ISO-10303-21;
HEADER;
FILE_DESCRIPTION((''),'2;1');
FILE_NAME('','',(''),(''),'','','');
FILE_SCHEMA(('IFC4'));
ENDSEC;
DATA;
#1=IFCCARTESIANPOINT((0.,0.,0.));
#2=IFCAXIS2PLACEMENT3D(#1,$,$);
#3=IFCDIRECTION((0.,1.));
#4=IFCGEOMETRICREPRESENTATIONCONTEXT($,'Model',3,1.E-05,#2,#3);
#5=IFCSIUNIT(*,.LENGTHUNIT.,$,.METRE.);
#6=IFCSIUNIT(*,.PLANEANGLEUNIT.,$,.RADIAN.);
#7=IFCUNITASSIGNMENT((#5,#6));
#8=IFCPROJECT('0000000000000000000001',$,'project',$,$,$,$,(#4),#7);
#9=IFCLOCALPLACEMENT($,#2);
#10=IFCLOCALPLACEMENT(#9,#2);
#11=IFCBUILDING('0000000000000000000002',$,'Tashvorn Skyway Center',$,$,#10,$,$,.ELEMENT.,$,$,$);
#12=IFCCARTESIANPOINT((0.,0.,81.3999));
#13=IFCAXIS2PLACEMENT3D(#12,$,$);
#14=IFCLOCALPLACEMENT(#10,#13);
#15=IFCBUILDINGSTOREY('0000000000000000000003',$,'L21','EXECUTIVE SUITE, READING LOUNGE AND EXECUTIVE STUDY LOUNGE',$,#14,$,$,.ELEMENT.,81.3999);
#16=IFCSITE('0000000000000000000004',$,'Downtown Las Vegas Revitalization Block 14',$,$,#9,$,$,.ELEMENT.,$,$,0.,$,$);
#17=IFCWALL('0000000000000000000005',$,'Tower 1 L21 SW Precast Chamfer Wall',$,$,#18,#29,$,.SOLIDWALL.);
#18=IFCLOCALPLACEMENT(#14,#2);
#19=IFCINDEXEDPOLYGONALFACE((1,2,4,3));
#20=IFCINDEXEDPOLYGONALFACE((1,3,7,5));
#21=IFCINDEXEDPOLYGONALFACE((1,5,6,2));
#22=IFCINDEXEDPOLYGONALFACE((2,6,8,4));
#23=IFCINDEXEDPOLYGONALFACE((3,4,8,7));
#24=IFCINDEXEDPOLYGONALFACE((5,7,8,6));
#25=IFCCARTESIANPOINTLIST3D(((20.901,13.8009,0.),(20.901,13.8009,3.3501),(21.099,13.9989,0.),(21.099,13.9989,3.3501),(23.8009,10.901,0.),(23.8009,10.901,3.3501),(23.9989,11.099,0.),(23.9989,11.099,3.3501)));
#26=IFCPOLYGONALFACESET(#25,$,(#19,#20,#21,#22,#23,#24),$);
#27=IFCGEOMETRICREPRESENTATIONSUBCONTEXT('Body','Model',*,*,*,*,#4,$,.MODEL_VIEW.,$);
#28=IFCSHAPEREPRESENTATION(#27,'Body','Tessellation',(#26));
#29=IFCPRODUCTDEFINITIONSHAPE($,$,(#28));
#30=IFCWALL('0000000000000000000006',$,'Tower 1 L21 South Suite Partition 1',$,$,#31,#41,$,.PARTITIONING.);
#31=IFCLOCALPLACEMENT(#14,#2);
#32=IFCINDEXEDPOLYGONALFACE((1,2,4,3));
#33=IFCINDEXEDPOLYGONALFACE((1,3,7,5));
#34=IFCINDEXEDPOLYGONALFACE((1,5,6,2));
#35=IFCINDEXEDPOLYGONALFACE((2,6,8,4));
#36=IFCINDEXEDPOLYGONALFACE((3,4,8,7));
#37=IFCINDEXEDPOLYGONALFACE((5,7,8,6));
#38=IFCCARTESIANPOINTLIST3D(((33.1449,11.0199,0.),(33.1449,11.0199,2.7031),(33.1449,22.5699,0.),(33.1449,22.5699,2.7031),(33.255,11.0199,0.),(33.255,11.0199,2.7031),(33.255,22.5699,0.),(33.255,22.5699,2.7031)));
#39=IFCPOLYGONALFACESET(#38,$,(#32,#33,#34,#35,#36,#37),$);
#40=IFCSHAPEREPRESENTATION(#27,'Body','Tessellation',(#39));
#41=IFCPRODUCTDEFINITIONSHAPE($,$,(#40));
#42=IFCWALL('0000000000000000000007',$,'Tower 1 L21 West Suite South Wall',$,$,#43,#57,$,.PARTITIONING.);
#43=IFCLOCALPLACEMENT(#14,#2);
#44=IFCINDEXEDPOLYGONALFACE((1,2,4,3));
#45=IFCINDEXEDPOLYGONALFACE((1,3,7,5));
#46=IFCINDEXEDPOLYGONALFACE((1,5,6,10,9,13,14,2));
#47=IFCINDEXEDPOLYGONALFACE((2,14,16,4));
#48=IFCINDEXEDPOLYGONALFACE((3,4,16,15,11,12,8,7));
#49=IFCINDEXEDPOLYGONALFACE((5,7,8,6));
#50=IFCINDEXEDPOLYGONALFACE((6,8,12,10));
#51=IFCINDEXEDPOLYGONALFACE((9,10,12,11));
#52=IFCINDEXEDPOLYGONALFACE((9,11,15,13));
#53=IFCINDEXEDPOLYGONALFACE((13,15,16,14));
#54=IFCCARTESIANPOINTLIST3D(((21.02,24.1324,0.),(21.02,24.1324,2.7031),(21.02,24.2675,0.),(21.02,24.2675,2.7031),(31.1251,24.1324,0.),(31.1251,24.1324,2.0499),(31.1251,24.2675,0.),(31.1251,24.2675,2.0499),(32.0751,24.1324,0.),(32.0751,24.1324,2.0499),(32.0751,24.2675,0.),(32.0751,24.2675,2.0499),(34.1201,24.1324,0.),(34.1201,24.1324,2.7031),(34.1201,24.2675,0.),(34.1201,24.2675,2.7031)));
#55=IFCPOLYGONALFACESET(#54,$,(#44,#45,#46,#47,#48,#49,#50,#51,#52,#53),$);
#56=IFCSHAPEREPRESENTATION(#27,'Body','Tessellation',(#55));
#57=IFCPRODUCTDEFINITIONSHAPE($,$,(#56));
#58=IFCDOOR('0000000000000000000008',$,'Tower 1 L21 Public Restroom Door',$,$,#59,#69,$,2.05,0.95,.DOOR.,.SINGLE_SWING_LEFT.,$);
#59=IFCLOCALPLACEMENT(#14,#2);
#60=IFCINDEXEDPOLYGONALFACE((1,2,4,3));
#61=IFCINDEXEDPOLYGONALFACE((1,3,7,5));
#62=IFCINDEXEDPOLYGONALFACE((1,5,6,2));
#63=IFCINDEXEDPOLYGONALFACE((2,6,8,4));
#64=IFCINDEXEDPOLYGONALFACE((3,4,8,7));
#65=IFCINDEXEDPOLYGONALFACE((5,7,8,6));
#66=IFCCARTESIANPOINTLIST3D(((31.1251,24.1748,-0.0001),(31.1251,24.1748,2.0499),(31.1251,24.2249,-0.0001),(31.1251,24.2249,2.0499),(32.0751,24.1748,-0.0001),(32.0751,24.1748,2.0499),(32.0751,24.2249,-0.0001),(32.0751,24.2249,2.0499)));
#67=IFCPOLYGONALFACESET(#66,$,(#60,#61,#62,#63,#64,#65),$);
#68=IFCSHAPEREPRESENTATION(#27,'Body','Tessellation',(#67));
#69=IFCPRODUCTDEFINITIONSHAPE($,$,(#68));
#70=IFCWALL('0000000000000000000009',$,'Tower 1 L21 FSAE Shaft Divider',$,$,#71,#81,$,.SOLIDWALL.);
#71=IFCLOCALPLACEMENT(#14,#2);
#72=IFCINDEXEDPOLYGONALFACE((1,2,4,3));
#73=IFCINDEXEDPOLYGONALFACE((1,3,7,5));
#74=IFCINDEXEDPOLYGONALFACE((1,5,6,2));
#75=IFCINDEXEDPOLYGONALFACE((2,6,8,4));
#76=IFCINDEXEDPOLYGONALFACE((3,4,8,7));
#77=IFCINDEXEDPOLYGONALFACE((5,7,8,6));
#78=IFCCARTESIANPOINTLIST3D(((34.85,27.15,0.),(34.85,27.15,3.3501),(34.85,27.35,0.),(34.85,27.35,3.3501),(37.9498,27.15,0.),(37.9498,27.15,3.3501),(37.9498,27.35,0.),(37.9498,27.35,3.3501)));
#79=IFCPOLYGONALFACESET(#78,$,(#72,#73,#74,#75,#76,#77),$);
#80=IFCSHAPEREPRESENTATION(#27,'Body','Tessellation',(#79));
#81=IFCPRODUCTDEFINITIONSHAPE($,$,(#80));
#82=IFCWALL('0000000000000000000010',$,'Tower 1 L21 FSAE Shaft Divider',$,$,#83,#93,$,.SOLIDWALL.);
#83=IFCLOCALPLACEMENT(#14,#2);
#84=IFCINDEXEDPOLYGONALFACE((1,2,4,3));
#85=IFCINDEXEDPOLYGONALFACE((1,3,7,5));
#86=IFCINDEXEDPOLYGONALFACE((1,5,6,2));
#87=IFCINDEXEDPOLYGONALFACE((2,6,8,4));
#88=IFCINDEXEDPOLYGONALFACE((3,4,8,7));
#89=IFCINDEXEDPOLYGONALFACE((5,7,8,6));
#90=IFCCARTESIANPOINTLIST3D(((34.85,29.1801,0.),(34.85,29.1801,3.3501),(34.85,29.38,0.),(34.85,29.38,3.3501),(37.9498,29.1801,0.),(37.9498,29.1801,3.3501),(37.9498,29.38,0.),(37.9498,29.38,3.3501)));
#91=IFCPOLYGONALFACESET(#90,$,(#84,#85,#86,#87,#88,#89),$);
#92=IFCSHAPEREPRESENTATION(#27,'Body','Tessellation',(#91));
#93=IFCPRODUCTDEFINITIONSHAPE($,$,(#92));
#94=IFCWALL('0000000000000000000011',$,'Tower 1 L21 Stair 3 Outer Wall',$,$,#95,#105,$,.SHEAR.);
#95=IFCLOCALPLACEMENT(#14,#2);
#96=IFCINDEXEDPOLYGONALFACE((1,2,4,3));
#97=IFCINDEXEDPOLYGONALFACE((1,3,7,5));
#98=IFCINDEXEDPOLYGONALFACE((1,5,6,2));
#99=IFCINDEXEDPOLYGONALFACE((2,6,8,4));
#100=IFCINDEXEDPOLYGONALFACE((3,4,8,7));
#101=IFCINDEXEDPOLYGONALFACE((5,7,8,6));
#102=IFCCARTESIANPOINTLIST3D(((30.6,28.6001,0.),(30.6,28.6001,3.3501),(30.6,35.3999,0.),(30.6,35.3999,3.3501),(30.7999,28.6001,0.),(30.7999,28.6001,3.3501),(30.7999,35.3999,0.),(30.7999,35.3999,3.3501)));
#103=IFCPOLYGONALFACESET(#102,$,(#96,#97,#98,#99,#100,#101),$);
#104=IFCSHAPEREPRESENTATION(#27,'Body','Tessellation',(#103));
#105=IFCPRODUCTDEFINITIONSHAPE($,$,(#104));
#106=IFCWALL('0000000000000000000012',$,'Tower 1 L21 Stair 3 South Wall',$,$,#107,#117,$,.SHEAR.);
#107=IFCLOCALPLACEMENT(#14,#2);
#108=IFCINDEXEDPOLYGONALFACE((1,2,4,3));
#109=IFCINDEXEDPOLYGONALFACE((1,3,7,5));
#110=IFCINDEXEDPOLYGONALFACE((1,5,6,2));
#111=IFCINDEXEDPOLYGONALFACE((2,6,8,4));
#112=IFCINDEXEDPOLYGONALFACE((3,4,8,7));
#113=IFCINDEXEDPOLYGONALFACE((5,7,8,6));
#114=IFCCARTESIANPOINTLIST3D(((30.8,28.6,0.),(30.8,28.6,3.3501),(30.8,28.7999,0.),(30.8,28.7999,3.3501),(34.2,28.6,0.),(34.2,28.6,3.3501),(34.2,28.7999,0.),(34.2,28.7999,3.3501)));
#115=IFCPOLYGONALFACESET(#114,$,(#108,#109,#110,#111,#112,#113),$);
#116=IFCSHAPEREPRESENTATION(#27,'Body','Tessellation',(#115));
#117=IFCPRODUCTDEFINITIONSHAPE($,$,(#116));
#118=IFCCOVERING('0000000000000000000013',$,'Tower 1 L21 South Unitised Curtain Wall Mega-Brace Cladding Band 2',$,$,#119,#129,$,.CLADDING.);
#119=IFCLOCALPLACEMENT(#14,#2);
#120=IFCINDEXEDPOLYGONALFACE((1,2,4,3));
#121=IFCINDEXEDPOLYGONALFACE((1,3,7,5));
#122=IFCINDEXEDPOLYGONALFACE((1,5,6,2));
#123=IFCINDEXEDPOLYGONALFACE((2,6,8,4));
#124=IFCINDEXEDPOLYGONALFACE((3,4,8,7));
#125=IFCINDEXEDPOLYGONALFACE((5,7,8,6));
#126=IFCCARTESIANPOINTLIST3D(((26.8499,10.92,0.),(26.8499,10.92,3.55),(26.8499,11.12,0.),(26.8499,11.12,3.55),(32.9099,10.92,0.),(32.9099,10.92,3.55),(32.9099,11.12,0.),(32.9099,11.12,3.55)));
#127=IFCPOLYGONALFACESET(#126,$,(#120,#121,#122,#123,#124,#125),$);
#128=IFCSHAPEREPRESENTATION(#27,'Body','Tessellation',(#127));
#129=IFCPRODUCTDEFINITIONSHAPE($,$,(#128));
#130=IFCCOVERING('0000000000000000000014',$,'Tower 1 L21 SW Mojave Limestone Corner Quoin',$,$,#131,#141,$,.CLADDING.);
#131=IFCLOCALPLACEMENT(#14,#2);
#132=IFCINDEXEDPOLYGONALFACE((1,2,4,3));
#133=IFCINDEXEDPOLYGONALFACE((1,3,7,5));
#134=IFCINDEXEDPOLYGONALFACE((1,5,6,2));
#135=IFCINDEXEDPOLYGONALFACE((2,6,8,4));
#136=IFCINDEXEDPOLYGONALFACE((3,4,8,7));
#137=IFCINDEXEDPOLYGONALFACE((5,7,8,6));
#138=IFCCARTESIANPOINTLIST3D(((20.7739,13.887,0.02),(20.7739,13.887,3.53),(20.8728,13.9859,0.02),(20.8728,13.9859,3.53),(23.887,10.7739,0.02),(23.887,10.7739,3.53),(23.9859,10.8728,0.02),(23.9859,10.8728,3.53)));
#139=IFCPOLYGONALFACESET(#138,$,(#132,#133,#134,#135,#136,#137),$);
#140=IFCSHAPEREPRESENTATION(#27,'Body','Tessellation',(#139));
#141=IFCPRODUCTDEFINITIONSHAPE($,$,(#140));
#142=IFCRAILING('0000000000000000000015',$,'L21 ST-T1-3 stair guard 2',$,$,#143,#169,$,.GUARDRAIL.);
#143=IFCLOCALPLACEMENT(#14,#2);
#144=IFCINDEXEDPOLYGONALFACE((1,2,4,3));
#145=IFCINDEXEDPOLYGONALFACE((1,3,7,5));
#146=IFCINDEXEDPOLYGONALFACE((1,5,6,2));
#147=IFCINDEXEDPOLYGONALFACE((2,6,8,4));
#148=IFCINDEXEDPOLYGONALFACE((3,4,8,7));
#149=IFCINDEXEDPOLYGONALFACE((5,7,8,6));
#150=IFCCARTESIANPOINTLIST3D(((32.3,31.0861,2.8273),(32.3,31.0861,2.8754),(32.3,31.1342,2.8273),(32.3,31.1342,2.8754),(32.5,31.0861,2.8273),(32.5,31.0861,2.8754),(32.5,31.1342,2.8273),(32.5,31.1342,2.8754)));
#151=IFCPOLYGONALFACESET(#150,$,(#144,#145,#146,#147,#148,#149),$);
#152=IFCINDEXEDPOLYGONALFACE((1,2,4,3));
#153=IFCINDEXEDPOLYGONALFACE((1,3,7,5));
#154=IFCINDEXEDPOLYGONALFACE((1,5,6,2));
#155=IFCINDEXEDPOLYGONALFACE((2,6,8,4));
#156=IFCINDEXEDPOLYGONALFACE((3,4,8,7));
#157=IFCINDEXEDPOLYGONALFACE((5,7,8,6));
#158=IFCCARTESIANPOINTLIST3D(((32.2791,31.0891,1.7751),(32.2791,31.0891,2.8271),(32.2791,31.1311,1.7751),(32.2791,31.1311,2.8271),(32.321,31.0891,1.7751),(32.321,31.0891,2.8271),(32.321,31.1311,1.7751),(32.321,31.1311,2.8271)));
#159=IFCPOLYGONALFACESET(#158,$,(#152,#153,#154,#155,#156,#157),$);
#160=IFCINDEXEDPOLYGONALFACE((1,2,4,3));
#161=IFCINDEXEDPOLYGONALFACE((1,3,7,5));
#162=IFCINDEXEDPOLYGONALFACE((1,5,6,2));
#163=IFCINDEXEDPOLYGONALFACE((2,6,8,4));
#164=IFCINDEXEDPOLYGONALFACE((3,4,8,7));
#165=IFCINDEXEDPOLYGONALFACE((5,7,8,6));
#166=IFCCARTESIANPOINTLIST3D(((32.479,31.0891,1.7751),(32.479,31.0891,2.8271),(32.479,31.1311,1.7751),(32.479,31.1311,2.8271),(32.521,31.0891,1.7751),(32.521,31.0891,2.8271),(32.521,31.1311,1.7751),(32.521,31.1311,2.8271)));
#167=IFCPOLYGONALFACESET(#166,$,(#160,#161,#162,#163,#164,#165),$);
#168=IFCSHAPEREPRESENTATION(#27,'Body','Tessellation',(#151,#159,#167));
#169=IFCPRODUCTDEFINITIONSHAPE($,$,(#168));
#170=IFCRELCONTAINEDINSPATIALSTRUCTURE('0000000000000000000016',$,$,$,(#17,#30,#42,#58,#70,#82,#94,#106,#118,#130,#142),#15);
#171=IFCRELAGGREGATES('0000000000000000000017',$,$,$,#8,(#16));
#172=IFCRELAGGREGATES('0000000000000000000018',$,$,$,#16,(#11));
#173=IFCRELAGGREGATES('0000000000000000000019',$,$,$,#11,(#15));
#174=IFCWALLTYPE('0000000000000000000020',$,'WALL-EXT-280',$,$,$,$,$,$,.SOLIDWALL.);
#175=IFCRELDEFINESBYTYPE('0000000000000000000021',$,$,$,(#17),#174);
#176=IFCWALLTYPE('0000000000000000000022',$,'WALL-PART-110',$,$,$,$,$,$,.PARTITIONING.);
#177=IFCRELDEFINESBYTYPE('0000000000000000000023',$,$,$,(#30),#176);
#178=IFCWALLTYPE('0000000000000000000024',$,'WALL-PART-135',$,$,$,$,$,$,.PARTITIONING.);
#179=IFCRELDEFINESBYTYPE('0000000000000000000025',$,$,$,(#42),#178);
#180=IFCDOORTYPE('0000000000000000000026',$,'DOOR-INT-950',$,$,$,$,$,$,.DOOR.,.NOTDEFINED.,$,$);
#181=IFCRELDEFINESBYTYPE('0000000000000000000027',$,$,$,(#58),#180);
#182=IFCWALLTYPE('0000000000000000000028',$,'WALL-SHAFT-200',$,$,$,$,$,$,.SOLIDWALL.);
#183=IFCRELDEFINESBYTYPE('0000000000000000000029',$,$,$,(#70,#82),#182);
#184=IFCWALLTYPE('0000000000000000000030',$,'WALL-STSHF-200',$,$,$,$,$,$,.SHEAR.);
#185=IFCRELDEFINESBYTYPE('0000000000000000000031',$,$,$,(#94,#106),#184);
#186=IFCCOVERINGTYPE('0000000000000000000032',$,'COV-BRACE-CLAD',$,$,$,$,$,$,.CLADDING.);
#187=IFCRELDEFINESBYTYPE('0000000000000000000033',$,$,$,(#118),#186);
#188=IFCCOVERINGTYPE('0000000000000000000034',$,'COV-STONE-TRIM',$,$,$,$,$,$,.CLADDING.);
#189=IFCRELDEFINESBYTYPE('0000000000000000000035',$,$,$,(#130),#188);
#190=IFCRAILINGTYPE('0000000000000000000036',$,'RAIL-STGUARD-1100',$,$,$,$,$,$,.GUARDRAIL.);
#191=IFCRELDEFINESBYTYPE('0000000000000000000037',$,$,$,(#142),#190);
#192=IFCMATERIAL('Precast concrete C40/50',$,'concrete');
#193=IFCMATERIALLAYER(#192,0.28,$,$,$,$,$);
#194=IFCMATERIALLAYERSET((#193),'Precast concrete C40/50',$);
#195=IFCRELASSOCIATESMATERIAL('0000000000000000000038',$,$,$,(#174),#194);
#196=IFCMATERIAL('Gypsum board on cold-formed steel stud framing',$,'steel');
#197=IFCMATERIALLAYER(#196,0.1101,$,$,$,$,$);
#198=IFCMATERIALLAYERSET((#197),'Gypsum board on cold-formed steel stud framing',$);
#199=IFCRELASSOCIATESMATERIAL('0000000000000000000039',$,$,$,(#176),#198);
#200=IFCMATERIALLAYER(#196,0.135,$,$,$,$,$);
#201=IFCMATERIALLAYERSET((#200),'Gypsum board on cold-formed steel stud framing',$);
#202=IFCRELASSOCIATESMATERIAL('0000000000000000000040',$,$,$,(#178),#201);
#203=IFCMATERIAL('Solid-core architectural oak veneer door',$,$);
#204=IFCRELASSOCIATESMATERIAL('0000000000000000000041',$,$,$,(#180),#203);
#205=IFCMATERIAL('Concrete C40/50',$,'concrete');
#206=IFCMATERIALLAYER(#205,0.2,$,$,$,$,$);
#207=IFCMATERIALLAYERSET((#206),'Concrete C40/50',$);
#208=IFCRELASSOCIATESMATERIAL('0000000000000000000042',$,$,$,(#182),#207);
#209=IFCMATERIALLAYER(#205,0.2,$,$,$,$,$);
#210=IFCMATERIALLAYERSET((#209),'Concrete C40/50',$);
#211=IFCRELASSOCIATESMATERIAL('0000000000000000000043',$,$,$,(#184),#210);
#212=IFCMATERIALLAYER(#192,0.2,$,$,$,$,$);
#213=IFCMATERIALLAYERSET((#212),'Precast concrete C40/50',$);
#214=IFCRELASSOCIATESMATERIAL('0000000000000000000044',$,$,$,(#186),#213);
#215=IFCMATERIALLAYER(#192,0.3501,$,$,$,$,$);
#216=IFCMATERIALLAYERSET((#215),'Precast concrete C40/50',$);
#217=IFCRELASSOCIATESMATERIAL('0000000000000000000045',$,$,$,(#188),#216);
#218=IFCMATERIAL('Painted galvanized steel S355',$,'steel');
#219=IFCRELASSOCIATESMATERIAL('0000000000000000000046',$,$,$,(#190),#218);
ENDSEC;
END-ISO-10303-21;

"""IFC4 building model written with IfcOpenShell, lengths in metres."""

from ifc_helpers import new_model, si_unit, direction, frame, frame_2d, origin, origin_2d, place, context, subcontext, project, spatial, rectangle, extrude, material, layer, layer_set, type_object, element, fill, save


model = new_model("IFC4")

# Units and contexts
model_context = context("Model", 3, precision=1e-05, world=origin(), true_north=direction((0.0, 1.0)))
body_context = subcontext(model_context, "Body", "Model", "MODEL_VIEW")
ifc_project = project(units=[si_unit("LENGTHUNIT", "METRE"), si_unit("PLANEANGLEUNIT", "RADIAN")], contexts=[model_context])

# Site, building, storey
site_placement = place(None, origin())
site = spatial("IfcSite", under=ifc_project, at=site_placement, Name="Downtown Las Vegas Revitalization Block 14", CompositionType="ELEMENT", RefElevation=0.0)
building_placement = place(site_placement, origin())
building = spatial("IfcBuilding", under=site, at=building_placement, Name="Tashvorn Skyway Center", CompositionType="ELEMENT")
storey_placement = place(building_placement, frame((0.0, 0.0, 81.3999)))
storey = spatial("IfcBuildingStorey", under=building, at=storey_placement, Name="L21", Description="EXECUTIVE SUITE, READING LOUNGE AND EXECUTIVE STUDY LOUNGE", CompositionType="ELEMENT", Elevation=81.3999)

# Walls
ifc_material_1 = material(Name="Precast concrete C40/50", Category="concrete")
ifc_layer_1 = layer(ifc_material_1, 0.28)
ifc_layer_set_1 = layer_set([ifc_layer_1], Name="Precast concrete C40/50")
wall_type_1 = type_object("IfcWallType", Name="WALL-EXT-280", PredefinedType="SOLIDWALL", material=ifc_layer_set_1)
wall_1_placement = place(storey_placement, frame((23.8999, 11.0, 0.0), z_axis=(0.0, 0.0, 1.0), x_axis=(-0.707107, 0.707107, 0.0)))
element("IfcWall", 1, at=wall_1_placement, inside=storey, type_object=wall_type_1, Name="Tower 1 L21 SW Precast Chamfer Wall", PredefinedType="SOLIDWALL", context=body_context, shape_type="SweptSolid", body=[
    extrude(rectangle(XDim=4.1011, YDim=0.28, at=frame_2d((2.0505, 0.0))), origin(), (0.0, 0.0, 1.0), 3.3501),
])
ifc_material_2 = material(Name="Gypsum board on cold-formed steel stud framing", Category="steel")
ifc_layer_2 = layer(ifc_material_2, 0.1101)
ifc_layer_set_2 = layer_set([ifc_layer_2], Name="Gypsum board on cold-formed steel stud framing")
wall_type_2 = type_object("IfcWallType", Name="WALL-PART-110", PredefinedType="PARTITIONING", material=ifc_layer_set_2)
wall_2_placement = place(storey_placement, frame((33.2, 11.02, 0.0), z_axis=(0.0, 0.0, 1.0), x_axis=(0.0, 1.0, 0.0)))
element("IfcWall", 2, at=wall_2_placement, inside=storey, type_object=wall_type_2, Name="Tower 1 L21 South Suite Partition 1", PredefinedType="PARTITIONING", context=body_context, shape_type="SweptSolid", body=[
    extrude(rectangle(XDim=11.55, YDim=0.1101, at=frame_2d((5.7749, 0.0))), origin(), (0.0, 0.0, 1.0), 2.7031),
])

# Wall, opening, door
ifc_layer_3 = layer(ifc_material_2, 0.135)
ifc_layer_set_3 = layer_set([ifc_layer_3], Name="Gypsum board on cold-formed steel stud framing")
wall_type_3 = type_object("IfcWallType", Name="WALL-PART-135", PredefinedType="PARTITIONING", material=ifc_layer_set_3)
wall_3_placement = place(storey_placement, frame((21.02, 24.2, 0.0), z_axis=(0.0, 0.0, 1.0), x_axis=(1.0, 0.0, 0.0)))
wall_3 = element("IfcWall", 3, at=wall_3_placement, inside=storey, type_object=wall_type_3, Name="Tower 1 L21 West Suite South Wall", PredefinedType="PARTITIONING", context=body_context, shape_type="SweptSolid", body=[
    extrude(rectangle(XDim=13.1001, YDim=0.135, at=frame_2d((6.55, 0.0))), origin(), (0.0, 0.0, 1.0), 2.7031),
])
opening_placement = place(wall_3_placement, frame((10.105, 0.0, 0.0)))
opening = element("IfcOpeningElement", 4, at=opening_placement, cuts=wall_3, PredefinedType="OPENING", context=body_context, shape_type="SweptSolid", body=[
    extrude(rectangle(XDim=0.95, YDim=2.05, at=frame_2d((0.4751, 1.0249))), frame((0.0, 0.0774, 0.0), z_axis=(0.0, -1.0, 0.0), x_axis=(1.0, 0.0, 0.0)), (0.0, 0.0, 1.0), 0.155),
])
ifc_material_3 = material(Name="Solid-core architectural oak veneer door")
door_type = type_object("IfcDoorType", Name="DOOR-INT-950", OperationType="NOTDEFINED", PredefinedType="DOOR", material=ifc_material_3)
door_placement = place(opening_placement, origin())
door = element("IfcDoor", 5, at=door_placement, inside=storey, type_object=door_type, Name="Tower 1 L21 Public Restroom Door", OperationType="SINGLE_SWING_LEFT", OverallHeight=2.05, OverallWidth=0.95, PredefinedType="DOOR", context=body_context, shape_type="SweptSolid", body=[
    extrude(rectangle(XDim=0.95, YDim=2.05, at=frame_2d((0.4751, 1.0249))), frame((0.0, 0.0249, 0.0), z_axis=(0.0, -1.0, 0.0), x_axis=(1.0, 0.0, 0.0)), (0.0, 0.0, 1.0), 0.05),
])
fill(opening, door)

# Walls
ifc_material_4 = material(Name="Concrete C40/50", Category="concrete")
ifc_layer_4 = layer(ifc_material_4, 0.2)
ifc_layer_set_4 = layer_set([ifc_layer_4], Name="Concrete C40/50")
wall_type_4 = type_object("IfcWallType", Name="WALL-SHAFT-200", PredefinedType="SOLIDWALL", material=ifc_layer_set_4)
for number, where, z_axis, x_axis, name in (
    (6, (34.8501, 27.25, 0.0), (0.0, 0.0, 1.0), (1.0, 0.0, 0.0), "Tower 1 L21 FSAE Shaft Divider"),
    (7, (34.8501, 29.28, 0.0), (0.0, 0.0, 1.0), (1.0, 0.0, 0.0), "Tower 1 L21 FSAE Shaft Divider"),
):
    element("IfcWall", number, at=place(storey_placement, frame(where, z_axis=z_axis, x_axis=x_axis)), inside=storey, type_object=wall_type_4, Name=name, PredefinedType="SOLIDWALL", context=body_context, shape_type="SweptSolid", body=[
        extrude(rectangle(XDim=3.0999, YDim=0.2, at=frame_2d((1.5498, 0.0))), origin(), (0.0, 0.0, 1.0), 3.3501),
    ])
ifc_layer_5 = layer(ifc_material_4, 0.2)
ifc_layer_set_5 = layer_set([ifc_layer_5], Name="Concrete C40/50")
wall_type_5 = type_object("IfcWallType", Name="WALL-STSHF-200", PredefinedType="SHEAR", material=ifc_layer_set_5)
wall_4_placement = place(storey_placement, frame((30.7, 28.6001, 0.0), z_axis=(0.0, 0.0, 1.0), x_axis=(0.0, 1.0, 0.0)))
element("IfcWall", 8, at=wall_4_placement, inside=storey, type_object=wall_type_5, Name="Tower 1 L21 Stair 3 Outer Wall", PredefinedType="SHEAR", context=body_context, shape_type="SweptSolid", body=[
    extrude(rectangle(XDim=6.7998, YDim=0.2, at=frame_2d((3.3999, 0.0))), origin(), (0.0, 0.0, 1.0), 3.3501),
])
wall_5_placement = place(storey_placement, frame((30.8, 28.7, 0.0), z_axis=(0.0, 0.0, 1.0), x_axis=(1.0, 0.0, 0.0)))
element("IfcWall", 9, at=wall_5_placement, inside=storey, type_object=wall_type_5, Name="Tower 1 L21 Stair 3 South Wall", PredefinedType="SHEAR", context=body_context, shape_type="SweptSolid", body=[
    extrude(rectangle(XDim=3.3999, YDim=0.2, at=frame_2d((1.7, 0.0))), origin(), (0.0, 0.0, 1.0), 3.3501),
])

# Coverings
ifc_layer_6 = layer(ifc_material_1, 0.2)
ifc_layer_set_6 = layer_set([ifc_layer_6], Name="Precast concrete C40/50")
covering_type_1 = type_object("IfcCoveringType", Name="COV-BRACE-CLAD", PredefinedType="CLADDING", material=ifc_layer_set_6)
covering_1_placement = place(storey_placement, frame((29.8799, 11.02, 0.0), z_axis=(0.0, 0.0, 1.0), x_axis=(-1.0, 0.0, 0.0)))
element("IfcCovering", 10, at=covering_1_placement, inside=storey, type_object=covering_type_1, Name="Tower 1 L21 South Unitised Curtain Wall Mega-Brace Cladding Band 2", PredefinedType="CLADDING", context=body_context, shape_type="SweptSolid", body=[
    extrude(rectangle(XDim=6.0601, YDim=0.2, at=origin_2d()), origin(), (0.0, 0.0, 1.0), 3.55),
])
ifc_layer_7 = layer(ifc_material_1, 0.3501)
ifc_layer_set_7 = layer_set([ifc_layer_7], Name="Precast concrete C40/50")
covering_type_2 = type_object("IfcCoveringType", Name="COV-STONE-TRIM", PredefinedType="CLADDING", material=ifc_layer_set_7)
covering_2_placement = place(storey_placement, frame((22.3799, 12.3799, 0.02), z_axis=(0.0, 0.0, 1.0), x_axis=(-0.707107, 0.707107, 0.0)))
element("IfcCovering", 11, at=covering_2_placement, inside=storey, type_object=covering_type_2, Name="Tower 1 L21 SW Mojave Limestone Corner Quoin", PredefinedType="CLADDING", context=body_context, shape_type="SweptSolid", body=[
    extrude(rectangle(XDim=4.4026, YDim=0.1399, at=origin_2d()), origin(), (0.0, 0.0, 1.0), 3.51),
])

# Railing
ifc_material_5 = material(Name="Painted galvanized steel S355", Category="steel")
railing_type = type_object("IfcRailingType", Name="RAIL-STGUARD-1100", PredefinedType="GUARDRAIL", material=ifc_material_5)
railing_placement = place(storey_placement, frame((32.3, 31.1101, 1.7751)))
element("IfcRailing", 12, at=railing_placement, inside=storey, type_object=railing_type, Name="L21 ST-T1-3 stair guard 2", PredefinedType="GUARDRAIL", context=body_context, shape_type="SweptSolid", body=[
    extrude(rectangle(XDim=0.0481, YDim=0.0481, at=origin_2d()), frame((0.0, 0.0, 1.0762), z_axis=(1.0, 0.0, 0.0), x_axis=(0.0, 1.0, 0.0)), (0.0, 0.0, 1.0), 0.2),
    extrude(rectangle(XDim=0.042, YDim=0.042, at=origin_2d()), origin(), (0.0, 0.0, 1.0), 1.052),
    extrude(rectangle(XDim=0.042, YDim=0.042, at=origin_2d()), frame((0.2, 0.0, 0.0)), (0.0, 0.0, 1.0), 1.052),
])

save(model, "model.ifc")
